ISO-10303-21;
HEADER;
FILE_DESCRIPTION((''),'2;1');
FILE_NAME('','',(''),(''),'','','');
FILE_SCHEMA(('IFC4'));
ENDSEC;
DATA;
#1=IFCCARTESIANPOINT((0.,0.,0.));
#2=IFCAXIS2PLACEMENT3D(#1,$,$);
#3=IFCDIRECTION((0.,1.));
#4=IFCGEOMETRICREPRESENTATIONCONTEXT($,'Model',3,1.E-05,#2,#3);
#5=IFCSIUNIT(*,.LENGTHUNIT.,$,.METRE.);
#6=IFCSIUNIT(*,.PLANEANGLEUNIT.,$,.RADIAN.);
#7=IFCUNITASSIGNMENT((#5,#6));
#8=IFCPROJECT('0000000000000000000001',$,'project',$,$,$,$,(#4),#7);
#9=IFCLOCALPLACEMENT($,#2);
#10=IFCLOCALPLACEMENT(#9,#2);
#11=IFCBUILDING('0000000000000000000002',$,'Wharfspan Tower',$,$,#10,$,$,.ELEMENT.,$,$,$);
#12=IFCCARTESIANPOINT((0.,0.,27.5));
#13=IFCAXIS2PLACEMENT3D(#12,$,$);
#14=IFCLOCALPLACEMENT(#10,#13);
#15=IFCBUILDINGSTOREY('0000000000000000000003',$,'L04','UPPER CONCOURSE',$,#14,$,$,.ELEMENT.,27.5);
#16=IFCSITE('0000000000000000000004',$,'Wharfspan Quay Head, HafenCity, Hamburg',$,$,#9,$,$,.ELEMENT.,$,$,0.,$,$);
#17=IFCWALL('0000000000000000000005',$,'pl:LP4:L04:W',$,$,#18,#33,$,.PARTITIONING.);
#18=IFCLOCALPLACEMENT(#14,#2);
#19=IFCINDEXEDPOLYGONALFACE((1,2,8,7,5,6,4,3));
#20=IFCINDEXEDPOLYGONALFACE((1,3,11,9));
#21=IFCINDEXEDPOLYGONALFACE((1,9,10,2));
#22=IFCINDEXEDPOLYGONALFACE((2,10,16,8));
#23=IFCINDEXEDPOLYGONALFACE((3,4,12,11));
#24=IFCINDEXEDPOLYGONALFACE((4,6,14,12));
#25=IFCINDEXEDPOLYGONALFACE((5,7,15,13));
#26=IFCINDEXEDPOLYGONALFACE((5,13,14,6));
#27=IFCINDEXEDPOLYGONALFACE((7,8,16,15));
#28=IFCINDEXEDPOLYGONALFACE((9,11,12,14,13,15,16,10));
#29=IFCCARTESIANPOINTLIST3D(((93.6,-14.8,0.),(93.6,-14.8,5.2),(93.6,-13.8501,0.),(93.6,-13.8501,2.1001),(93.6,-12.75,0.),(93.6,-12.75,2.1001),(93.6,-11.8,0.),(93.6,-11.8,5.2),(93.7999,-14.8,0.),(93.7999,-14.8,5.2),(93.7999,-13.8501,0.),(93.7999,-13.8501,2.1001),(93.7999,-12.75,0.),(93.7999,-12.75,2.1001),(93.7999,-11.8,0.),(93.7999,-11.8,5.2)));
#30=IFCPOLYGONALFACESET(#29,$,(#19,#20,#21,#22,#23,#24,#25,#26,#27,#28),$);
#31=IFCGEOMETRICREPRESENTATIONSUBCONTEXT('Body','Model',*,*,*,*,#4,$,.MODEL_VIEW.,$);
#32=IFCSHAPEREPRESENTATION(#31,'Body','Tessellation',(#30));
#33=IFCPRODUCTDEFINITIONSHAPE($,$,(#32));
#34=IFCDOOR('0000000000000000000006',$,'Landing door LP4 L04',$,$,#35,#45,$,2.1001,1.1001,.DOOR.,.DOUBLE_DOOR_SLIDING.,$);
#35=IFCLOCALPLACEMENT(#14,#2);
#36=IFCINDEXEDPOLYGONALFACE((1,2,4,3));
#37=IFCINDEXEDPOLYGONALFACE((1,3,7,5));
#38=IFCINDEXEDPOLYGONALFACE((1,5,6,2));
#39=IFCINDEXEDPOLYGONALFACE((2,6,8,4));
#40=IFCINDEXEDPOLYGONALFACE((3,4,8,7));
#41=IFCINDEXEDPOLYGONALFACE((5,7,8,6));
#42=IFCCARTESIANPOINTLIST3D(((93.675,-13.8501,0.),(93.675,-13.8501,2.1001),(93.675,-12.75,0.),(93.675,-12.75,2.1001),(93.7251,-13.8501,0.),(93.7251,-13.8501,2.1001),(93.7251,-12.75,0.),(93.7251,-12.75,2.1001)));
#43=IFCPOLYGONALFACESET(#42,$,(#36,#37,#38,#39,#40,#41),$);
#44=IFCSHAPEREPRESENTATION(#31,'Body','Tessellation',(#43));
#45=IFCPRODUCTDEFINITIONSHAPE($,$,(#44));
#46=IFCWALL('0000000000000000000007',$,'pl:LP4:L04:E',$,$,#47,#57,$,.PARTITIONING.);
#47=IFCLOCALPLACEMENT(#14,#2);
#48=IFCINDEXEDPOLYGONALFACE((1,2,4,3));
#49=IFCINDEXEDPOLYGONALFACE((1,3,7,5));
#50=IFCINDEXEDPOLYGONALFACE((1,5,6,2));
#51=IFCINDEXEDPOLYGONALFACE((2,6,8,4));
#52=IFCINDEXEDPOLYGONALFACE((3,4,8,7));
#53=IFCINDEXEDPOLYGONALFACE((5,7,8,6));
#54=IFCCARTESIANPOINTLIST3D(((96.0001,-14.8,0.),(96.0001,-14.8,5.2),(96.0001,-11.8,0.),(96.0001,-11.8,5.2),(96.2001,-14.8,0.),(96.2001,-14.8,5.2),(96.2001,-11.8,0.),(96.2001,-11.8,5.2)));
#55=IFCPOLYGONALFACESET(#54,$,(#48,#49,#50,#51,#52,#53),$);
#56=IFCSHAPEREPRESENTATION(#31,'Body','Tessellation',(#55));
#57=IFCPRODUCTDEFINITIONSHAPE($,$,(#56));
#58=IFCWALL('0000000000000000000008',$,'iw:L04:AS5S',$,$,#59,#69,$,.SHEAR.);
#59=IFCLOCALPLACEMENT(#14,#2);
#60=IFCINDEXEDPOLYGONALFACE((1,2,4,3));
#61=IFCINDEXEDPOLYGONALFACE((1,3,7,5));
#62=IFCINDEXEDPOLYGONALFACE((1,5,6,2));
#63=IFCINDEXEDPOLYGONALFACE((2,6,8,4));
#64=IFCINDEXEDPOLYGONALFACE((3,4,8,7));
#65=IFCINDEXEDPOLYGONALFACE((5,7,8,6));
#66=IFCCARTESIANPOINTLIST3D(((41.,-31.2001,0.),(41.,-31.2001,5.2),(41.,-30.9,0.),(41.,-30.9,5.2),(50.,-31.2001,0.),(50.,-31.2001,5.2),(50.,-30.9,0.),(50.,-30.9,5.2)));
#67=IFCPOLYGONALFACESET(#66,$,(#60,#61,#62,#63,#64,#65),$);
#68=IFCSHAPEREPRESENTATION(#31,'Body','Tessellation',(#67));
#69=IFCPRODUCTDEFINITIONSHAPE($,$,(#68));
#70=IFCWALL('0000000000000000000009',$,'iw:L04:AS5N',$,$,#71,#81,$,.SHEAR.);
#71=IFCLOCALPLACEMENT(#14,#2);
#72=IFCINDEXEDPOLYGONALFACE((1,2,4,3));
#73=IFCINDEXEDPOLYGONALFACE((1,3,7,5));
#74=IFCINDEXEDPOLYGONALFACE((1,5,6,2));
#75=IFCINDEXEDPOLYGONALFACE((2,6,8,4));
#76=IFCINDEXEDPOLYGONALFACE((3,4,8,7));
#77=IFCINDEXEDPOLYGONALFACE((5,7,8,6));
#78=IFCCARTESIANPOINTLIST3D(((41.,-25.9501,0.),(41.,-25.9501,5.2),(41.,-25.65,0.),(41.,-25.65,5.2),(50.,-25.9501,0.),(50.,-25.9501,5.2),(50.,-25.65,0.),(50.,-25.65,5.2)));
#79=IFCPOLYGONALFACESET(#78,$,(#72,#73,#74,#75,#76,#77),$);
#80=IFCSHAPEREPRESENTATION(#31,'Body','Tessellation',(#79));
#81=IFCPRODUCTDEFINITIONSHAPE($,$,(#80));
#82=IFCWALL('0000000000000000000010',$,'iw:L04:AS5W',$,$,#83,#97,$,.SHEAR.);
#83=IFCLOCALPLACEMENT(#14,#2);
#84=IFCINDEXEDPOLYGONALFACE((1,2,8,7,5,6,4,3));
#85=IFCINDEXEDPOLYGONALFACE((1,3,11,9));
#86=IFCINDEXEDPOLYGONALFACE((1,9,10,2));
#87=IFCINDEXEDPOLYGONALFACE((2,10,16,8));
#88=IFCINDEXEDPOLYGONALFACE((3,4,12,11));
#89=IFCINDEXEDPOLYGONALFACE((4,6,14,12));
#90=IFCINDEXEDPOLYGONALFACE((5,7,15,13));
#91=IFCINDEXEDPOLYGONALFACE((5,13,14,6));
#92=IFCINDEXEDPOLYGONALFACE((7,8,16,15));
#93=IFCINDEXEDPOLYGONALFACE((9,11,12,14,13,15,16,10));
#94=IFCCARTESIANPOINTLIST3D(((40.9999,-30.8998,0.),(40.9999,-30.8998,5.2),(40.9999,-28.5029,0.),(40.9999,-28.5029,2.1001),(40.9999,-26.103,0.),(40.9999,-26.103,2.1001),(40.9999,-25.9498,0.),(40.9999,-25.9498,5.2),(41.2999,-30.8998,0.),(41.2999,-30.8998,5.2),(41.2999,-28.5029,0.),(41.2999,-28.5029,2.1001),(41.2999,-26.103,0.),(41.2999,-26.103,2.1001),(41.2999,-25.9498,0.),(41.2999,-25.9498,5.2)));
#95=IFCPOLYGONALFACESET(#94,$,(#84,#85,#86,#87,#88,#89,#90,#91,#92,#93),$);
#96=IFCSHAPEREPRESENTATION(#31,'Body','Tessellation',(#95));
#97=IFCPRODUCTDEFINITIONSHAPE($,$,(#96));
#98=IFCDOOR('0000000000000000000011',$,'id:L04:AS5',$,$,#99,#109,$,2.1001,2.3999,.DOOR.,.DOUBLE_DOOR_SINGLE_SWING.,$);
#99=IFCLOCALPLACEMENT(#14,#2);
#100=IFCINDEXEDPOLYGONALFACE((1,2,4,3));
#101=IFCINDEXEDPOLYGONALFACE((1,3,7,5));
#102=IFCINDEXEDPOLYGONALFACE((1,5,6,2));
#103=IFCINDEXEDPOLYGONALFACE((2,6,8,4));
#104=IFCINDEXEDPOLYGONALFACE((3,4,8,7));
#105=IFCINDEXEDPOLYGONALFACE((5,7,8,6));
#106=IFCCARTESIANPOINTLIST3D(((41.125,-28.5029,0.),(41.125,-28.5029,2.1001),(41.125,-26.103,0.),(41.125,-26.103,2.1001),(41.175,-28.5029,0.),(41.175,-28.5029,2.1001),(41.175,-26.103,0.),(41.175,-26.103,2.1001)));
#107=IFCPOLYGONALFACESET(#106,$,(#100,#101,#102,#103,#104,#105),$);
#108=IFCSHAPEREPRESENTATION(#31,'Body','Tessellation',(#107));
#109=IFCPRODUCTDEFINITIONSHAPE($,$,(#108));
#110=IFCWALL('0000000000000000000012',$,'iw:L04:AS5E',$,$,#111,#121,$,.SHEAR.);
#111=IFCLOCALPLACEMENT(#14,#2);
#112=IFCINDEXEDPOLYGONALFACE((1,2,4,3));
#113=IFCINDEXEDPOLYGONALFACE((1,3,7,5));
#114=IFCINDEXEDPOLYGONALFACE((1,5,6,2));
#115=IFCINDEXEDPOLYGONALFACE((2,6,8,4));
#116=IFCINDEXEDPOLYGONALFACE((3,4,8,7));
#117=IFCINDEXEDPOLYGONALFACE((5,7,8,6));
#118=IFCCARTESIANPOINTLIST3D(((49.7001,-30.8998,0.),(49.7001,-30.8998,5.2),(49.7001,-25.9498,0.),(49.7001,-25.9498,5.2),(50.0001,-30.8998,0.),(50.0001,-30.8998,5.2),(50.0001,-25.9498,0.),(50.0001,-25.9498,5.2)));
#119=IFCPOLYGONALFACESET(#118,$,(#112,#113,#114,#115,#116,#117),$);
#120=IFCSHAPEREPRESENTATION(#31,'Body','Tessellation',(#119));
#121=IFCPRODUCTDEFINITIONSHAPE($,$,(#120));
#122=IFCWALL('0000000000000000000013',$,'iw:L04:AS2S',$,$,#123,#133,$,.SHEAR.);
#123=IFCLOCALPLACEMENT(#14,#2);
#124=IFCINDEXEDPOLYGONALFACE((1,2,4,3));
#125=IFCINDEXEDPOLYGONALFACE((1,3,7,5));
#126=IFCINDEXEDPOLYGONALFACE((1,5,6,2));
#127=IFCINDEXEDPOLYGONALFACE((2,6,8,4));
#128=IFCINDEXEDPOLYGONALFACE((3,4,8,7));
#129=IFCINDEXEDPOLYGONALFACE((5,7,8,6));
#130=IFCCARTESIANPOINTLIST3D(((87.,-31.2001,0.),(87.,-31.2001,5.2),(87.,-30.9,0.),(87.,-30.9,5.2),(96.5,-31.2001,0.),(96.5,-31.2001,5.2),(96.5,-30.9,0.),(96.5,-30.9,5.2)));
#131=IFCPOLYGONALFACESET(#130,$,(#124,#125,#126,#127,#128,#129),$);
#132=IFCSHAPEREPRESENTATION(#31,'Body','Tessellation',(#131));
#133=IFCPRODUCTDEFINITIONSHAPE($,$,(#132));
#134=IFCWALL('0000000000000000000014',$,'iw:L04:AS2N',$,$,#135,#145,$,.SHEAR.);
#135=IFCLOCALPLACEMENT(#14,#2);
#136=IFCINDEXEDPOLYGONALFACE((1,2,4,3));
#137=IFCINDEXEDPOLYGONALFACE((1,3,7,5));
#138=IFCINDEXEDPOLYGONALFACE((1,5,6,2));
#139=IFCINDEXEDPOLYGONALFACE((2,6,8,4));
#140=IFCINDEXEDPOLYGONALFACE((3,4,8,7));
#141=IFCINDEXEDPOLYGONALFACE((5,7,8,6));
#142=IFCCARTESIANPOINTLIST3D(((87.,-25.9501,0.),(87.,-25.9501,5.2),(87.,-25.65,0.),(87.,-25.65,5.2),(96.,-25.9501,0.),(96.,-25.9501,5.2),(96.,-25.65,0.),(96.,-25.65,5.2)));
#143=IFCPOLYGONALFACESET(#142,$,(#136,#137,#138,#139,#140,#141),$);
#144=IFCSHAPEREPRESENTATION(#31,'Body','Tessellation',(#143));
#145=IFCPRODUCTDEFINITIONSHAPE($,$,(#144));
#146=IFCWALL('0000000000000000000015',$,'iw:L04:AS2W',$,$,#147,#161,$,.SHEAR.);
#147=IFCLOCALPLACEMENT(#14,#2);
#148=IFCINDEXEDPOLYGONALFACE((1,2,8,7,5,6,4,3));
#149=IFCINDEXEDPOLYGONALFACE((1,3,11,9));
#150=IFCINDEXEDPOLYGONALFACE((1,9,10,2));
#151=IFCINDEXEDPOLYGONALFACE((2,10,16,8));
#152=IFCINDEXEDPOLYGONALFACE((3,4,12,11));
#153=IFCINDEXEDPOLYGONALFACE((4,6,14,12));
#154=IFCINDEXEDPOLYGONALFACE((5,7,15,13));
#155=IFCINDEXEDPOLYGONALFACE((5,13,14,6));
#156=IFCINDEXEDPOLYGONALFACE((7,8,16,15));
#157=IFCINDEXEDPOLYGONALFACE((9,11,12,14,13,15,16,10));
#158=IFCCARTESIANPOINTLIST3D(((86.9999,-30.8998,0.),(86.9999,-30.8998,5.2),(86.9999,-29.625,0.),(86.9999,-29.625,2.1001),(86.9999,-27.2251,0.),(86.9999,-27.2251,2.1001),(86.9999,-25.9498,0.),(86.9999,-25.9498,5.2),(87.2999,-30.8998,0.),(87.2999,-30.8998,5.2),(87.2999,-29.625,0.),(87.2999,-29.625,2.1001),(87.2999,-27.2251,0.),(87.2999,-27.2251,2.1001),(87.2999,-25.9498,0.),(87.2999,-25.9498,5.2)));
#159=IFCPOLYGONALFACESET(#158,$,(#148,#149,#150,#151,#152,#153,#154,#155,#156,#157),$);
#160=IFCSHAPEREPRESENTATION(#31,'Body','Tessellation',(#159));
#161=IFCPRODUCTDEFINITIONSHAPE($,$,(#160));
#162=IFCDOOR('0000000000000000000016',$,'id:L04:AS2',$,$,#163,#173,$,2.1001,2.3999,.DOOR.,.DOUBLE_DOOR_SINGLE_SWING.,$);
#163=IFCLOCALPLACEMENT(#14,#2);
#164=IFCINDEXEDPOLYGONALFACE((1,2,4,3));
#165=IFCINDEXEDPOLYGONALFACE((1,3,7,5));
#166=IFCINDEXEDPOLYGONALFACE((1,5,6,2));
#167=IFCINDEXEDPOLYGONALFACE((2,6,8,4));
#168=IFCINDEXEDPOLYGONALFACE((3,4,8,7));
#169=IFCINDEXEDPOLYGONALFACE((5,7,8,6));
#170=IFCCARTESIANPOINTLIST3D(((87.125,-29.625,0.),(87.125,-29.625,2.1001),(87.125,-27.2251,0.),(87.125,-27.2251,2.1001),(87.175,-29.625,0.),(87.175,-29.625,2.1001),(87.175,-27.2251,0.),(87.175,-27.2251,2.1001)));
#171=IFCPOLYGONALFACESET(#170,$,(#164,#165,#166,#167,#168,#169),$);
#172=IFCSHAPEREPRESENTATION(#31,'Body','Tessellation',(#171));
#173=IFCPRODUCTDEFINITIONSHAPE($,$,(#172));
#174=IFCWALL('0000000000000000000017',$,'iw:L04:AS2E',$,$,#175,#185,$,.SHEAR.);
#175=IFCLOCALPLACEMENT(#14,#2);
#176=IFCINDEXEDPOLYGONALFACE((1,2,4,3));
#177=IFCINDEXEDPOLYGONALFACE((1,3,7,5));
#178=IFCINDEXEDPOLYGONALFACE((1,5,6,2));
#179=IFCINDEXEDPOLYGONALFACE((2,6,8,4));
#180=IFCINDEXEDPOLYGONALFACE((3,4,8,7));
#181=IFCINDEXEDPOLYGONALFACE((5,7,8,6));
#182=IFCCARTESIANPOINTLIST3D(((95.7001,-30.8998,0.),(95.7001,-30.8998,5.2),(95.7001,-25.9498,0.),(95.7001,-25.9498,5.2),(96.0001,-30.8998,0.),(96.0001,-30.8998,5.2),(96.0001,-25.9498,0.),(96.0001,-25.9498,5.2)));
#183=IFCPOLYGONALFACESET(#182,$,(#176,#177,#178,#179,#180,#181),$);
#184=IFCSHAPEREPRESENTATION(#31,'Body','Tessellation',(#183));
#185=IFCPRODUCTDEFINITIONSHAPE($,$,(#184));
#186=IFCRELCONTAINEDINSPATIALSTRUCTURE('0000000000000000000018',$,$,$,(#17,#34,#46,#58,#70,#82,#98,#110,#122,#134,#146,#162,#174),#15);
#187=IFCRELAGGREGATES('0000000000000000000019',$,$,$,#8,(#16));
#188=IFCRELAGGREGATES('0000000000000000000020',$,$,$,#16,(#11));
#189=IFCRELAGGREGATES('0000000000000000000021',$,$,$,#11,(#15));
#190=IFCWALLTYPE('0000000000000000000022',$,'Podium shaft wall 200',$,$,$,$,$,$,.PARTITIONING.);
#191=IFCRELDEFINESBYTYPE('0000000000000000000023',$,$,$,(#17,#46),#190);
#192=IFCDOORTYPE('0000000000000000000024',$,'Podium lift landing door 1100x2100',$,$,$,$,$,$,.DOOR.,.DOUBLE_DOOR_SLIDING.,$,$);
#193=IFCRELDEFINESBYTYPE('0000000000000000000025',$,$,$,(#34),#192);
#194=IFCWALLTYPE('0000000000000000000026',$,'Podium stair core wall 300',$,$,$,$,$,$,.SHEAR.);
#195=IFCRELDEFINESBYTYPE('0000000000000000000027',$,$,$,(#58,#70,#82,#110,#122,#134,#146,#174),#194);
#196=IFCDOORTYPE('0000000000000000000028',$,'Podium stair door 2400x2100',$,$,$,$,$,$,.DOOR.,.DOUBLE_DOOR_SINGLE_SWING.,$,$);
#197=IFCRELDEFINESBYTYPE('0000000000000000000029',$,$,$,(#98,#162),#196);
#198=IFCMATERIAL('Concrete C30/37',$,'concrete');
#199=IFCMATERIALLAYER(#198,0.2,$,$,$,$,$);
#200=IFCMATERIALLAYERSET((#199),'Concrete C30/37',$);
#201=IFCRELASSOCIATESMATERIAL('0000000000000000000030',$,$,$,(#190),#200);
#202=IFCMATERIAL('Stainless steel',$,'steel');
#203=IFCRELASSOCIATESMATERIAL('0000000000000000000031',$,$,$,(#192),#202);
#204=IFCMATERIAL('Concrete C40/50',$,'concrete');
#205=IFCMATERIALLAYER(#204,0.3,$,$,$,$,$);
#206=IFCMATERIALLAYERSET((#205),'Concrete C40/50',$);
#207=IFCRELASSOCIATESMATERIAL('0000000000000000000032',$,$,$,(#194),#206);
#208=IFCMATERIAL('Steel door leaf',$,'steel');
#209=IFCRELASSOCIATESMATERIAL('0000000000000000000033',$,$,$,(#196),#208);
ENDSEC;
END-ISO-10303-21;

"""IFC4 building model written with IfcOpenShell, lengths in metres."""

from ifc_helpers import new_model, si_unit, direction, frame, frame_2d, origin, place, context, subcontext, project, spatial, rectangle, extrude, material, layer, layer_set, type_object, element, fill, save


model = new_model("IFC4")

# Units and contexts
model_context = context("Model", 3, precision=1e-05, world=origin(), true_north=direction((0.0, 1.0)))
body_context = subcontext(model_context, "Body", "Model", "MODEL_VIEW")
ifc_project = project(units=[si_unit("LENGTHUNIT", "METRE"), si_unit("PLANEANGLEUNIT", "RADIAN")], contexts=[model_context])

# Site, building, storey
site_placement = place(None, origin())
site = spatial("IfcSite", under=ifc_project, at=site_placement, Name="Wharfspan Quay Head, HafenCity, Hamburg", CompositionType="ELEMENT", RefElevation=0.0)
building_placement = place(site_placement, origin())
building = spatial("IfcBuilding", under=site, at=building_placement, Name="Wharfspan Tower", CompositionType="ELEMENT")
storey_placement = place(building_placement, frame((0.0, 0.0, 27.5)))
storey = spatial("IfcBuildingStorey", under=building, at=storey_placement, Name="L04", Description="UPPER CONCOURSE", CompositionType="ELEMENT", Elevation=27.5)

# Wall, opening, door
ifc_material_1 = material(Name="Concrete C30/37", Category="concrete")
ifc_layer_1 = layer(ifc_material_1, 0.2)
ifc_layer_set_1 = layer_set([ifc_layer_1], Name="Concrete C30/37")
wall_type_1 = type_object("IfcWallType", Name="Podium shaft wall 200", PredefinedType="PARTITIONING", material=ifc_layer_set_1)
wall_1_placement = place(storey_placement, frame((93.7, -14.8, 0.0), z_axis=(0.0, 0.0, 1.0), x_axis=(0.0, 1.0, 0.0)))
wall_1 = element("IfcWall", 1, at=wall_1_placement, inside=storey, type_object=wall_type_1, Name="pl:LP4:L04:W", PredefinedType="PARTITIONING", context=body_context, shape_type="SweptSolid", body=[
    extrude(rectangle(XDim=3.0, YDim=0.2, at=frame_2d((1.5, 0.0))), origin(), (0.0, 0.0, 1.0), 5.2),
])
opening_1_placement = place(wall_1_placement, frame((0.95, 0.0, 0.0)))
opening_1 = element("IfcOpeningElement", 2, at=opening_1_placement, cuts=wall_1, PredefinedType="OPENING", context=body_context, shape_type="SweptSolid", body=[
    extrude(rectangle(XDim=1.1001, YDim=2.1001, at=frame_2d((0.55, 1.05))), frame((0.0, 0.1099, 0.0), z_axis=(0.0, -1.0, 0.0), x_axis=(1.0, 0.0, 0.0)), (0.0, 0.0, 1.0), 0.22),
])
ifc_material_2 = material(Name="Stainless steel", Category="steel")
door_type_1 = type_object("IfcDoorType", Name="Podium lift landing door 1100x2100", OperationType="DOUBLE_DOOR_SLIDING", PredefinedType="DOOR", material=ifc_material_2)
door_1_placement = place(opening_1_placement, origin())
door_1 = element("IfcDoor", 3, at=door_1_placement, inside=storey, type_object=door_type_1, Name="Landing door LP4 L04", OperationType="DOUBLE_DOOR_SLIDING", OverallHeight=2.1001, OverallWidth=1.1001, PredefinedType="DOOR", context=body_context, shape_type="SweptSolid", body=[
    extrude(rectangle(XDim=1.1001, YDim=2.1001, at=frame_2d((0.55, 1.05))), frame((0.0, 0.0249, 0.0), z_axis=(0.0, -1.0, 0.0), x_axis=(1.0, 0.0, 0.0)), (0.0, 0.0, 1.0), 0.05),
])
fill(opening_1, door_1)

# Walls
wall_2_placement = place(storey_placement, frame((96.1001, -14.8, 0.0), z_axis=(0.0, 0.0, 1.0), x_axis=(0.0, 1.0, 0.0)))
element("IfcWall", 4, at=wall_2_placement, inside=storey, type_object=wall_type_1, Name="pl:LP4:L04:E", PredefinedType="PARTITIONING", context=body_context, shape_type="SweptSolid", body=[
    extrude(rectangle(XDim=3.0, YDim=0.2, at=frame_2d((1.5, 0.0))), origin(), (0.0, 0.0, 1.0), 5.2),
])
ifc_material_3 = material(Name="Concrete C40/50", Category="concrete")
ifc_layer_2 = layer(ifc_material_3, 0.3)
ifc_layer_set_2 = layer_set([ifc_layer_2], Name="Concrete C40/50")
wall_type_2 = type_object("IfcWallType", Name="Podium stair core wall 300", PredefinedType="SHEAR", material=ifc_layer_set_2)
for number, where, z_axis, x_axis, name in (
    (5, (41.0, -31.05, 0.0), (0.0, 0.0, 1.0), (1.0, 0.0, 0.0), "iw:L04:AS5S"),
    (6, (41.0, -25.8, 0.0), (0.0, 0.0, 1.0), (1.0, 0.0, 0.0), "iw:L04:AS5N"),
):
    element("IfcWall", number, at=place(storey_placement, frame(where, z_axis=z_axis, x_axis=x_axis)), inside=storey, type_object=wall_type_2, Name=name, PredefinedType="SHEAR", context=body_context, shape_type="SweptSolid", body=[
        extrude(rectangle(XDim=9.0, YDim=0.3, at=frame_2d((4.5, 0.0))), origin(), (0.0, 0.0, 1.0), 5.2),
    ])

# Wall, opening, door
wall_3_placement = place(storey_placement, frame((41.1499, -30.8999, 0.0), z_axis=(0.0, 0.0, 1.0), x_axis=(0.0, 1.0, 0.0)))
wall_3 = element("IfcWall", 7, at=wall_3_placement, inside=storey, type_object=wall_type_2, Name="iw:L04:AS5W", PredefinedType="SHEAR", context=body_context, shape_type="SweptSolid", body=[
    extrude(rectangle(XDim=4.95, YDim=0.3, at=frame_2d((2.4751, 0.0))), origin(), (0.0, 0.0, 1.0), 5.2),
])
opening_2_placement = place(wall_3_placement, frame((2.397, 0.0, 0.0)))
opening_2 = element("IfcOpeningElement", 8, at=opening_2_placement, cuts=wall_3, PredefinedType="OPENING", context=body_context, shape_type="SweptSolid", body=[
    extrude(rectangle(XDim=2.3999, YDim=2.1001, at=frame_2d((1.2, 1.05))), frame((0.0, 0.1599, 0.0), z_axis=(0.0, -1.0, 0.0), x_axis=(1.0, 0.0, 0.0)), (0.0, 0.0, 1.0), 0.3201),
])
ifc_material_4 = material(Name="Steel door leaf", Category="steel")
door_type_2 = type_object("IfcDoorType", Name="Podium stair door 2400x2100", OperationType="DOUBLE_DOOR_SINGLE_SWING", PredefinedType="DOOR", material=ifc_material_4)
door_2_placement = place(opening_2_placement, origin())
door_2 = element("IfcDoor", 9, at=door_2_placement, inside=storey, type_object=door_type_2, Name="id:L04:AS5", OperationType="DOUBLE_DOOR_SINGLE_SWING", OverallHeight=2.1001, OverallWidth=2.3999, PredefinedType="DOOR", context=body_context, shape_type="SweptSolid", body=[
    extrude(rectangle(XDim=2.3999, YDim=2.1001, at=frame_2d((1.2, 1.05))), frame((0.0, 0.0249, 0.0), z_axis=(0.0, -1.0, 0.0), x_axis=(1.0, 0.0, 0.0)), (0.0, 0.0, 1.0), 0.05),
])
fill(opening_2, door_2)

# Walls
wall_4_placement = place(storey_placement, frame((49.8501, -30.8999, 0.0), z_axis=(0.0, 0.0, 1.0), x_axis=(0.0, 1.0, 0.0)))
element("IfcWall", 10, at=wall_4_placement, inside=storey, type_object=wall_type_2, Name="iw:L04:AS5E", PredefinedType="SHEAR", context=body_context, shape_type="SweptSolid", body=[
    extrude(rectangle(XDim=4.95, YDim=0.3, at=frame_2d((2.4751, 0.0))), origin(), (0.0, 0.0, 1.0), 5.2),
])
wall_5_placement = place(storey_placement, frame((87.0, -31.05, 0.0), z_axis=(0.0, 0.0, 1.0), x_axis=(1.0, 0.0, 0.0)))
element("IfcWall", 11, at=wall_5_placement, inside=storey, type_object=wall_type_2, Name="iw:L04:AS2S", PredefinedType="SHEAR", context=body_context, shape_type="SweptSolid", body=[
    extrude(rectangle(XDim=9.5, YDim=0.3, at=frame_2d((4.75, 0.0))), origin(), (0.0, 0.0, 1.0), 5.2),
])
wall_6_placement = place(storey_placement, frame((87.0, -25.8, 0.0), z_axis=(0.0, 0.0, 1.0), x_axis=(1.0, 0.0, 0.0)))
element("IfcWall", 12, at=wall_6_placement, inside=storey, type_object=wall_type_2, Name="iw:L04:AS2N", PredefinedType="SHEAR", context=body_context, shape_type="SweptSolid", body=[
    extrude(rectangle(XDim=9.0, YDim=0.3, at=frame_2d((4.5, 0.0))), origin(), (0.0, 0.0, 1.0), 5.2),
])

# Wall, opening, door
wall_7_placement = place(storey_placement, frame((87.1499, -30.8999, 0.0), z_axis=(0.0, 0.0, 1.0), x_axis=(0.0, 1.0, 0.0)))
wall_7 = element("IfcWall", 13, at=wall_7_placement, inside=storey, type_object=wall_type_2, Name="iw:L04:AS2W", PredefinedType="SHEAR", context=body_context, shape_type="SweptSolid", body=[
    extrude(rectangle(XDim=4.95, YDim=0.3, at=frame_2d((2.4751, 0.0))), origin(), (0.0, 0.0, 1.0), 5.2),
])
opening_3_placement = place(wall_7_placement, frame((1.2749, 0.0, 0.0)))
opening_3 = element("IfcOpeningElement", 14, at=opening_3_placement, cuts=wall_7, PredefinedType="OPENING", context=body_context, shape_type="SweptSolid", body=[
    extrude(rectangle(XDim=2.3999, YDim=2.1001, at=frame_2d((1.2, 1.05))), frame((0.0, 0.1599, 0.0), z_axis=(0.0, -1.0, 0.0), x_axis=(1.0, 0.0, 0.0)), (0.0, 0.0, 1.0), 0.3201),
])
door_3_placement = place(opening_3_placement, origin())
door_3 = element("IfcDoor", 15, at=door_3_placement, inside=storey, type_object=door_type_2, Name="id:L04:AS2", OperationType="DOUBLE_DOOR_SINGLE_SWING", OverallHeight=2.1001, OverallWidth=2.3999, PredefinedType="DOOR", context=body_context, shape_type="SweptSolid", body=[
    extrude(rectangle(XDim=2.3999, YDim=2.1001, at=frame_2d((1.2, 1.05))), frame((0.0, 0.0249, 0.0), z_axis=(0.0, -1.0, 0.0), x_axis=(1.0, 0.0, 0.0)), (0.0, 0.0, 1.0), 0.05),
])
fill(opening_3, door_3)

# Wall
wall_8_placement = place(storey_placement, frame((95.8501, -30.8999, 0.0), z_axis=(0.0, 0.0, 1.0), x_axis=(0.0, 1.0, 0.0)))
element("IfcWall", 16, at=wall_8_placement, inside=storey, type_object=wall_type_2, Name="iw:L04:AS2E", PredefinedType="SHEAR", context=body_context, shape_type="SweptSolid", body=[
    extrude(rectangle(XDim=4.95, YDim=0.3, at=frame_2d((2.4751, 0.0))), origin(), (0.0, 0.0, 1.0), 5.2),
])

save(model, "model.ifc")
